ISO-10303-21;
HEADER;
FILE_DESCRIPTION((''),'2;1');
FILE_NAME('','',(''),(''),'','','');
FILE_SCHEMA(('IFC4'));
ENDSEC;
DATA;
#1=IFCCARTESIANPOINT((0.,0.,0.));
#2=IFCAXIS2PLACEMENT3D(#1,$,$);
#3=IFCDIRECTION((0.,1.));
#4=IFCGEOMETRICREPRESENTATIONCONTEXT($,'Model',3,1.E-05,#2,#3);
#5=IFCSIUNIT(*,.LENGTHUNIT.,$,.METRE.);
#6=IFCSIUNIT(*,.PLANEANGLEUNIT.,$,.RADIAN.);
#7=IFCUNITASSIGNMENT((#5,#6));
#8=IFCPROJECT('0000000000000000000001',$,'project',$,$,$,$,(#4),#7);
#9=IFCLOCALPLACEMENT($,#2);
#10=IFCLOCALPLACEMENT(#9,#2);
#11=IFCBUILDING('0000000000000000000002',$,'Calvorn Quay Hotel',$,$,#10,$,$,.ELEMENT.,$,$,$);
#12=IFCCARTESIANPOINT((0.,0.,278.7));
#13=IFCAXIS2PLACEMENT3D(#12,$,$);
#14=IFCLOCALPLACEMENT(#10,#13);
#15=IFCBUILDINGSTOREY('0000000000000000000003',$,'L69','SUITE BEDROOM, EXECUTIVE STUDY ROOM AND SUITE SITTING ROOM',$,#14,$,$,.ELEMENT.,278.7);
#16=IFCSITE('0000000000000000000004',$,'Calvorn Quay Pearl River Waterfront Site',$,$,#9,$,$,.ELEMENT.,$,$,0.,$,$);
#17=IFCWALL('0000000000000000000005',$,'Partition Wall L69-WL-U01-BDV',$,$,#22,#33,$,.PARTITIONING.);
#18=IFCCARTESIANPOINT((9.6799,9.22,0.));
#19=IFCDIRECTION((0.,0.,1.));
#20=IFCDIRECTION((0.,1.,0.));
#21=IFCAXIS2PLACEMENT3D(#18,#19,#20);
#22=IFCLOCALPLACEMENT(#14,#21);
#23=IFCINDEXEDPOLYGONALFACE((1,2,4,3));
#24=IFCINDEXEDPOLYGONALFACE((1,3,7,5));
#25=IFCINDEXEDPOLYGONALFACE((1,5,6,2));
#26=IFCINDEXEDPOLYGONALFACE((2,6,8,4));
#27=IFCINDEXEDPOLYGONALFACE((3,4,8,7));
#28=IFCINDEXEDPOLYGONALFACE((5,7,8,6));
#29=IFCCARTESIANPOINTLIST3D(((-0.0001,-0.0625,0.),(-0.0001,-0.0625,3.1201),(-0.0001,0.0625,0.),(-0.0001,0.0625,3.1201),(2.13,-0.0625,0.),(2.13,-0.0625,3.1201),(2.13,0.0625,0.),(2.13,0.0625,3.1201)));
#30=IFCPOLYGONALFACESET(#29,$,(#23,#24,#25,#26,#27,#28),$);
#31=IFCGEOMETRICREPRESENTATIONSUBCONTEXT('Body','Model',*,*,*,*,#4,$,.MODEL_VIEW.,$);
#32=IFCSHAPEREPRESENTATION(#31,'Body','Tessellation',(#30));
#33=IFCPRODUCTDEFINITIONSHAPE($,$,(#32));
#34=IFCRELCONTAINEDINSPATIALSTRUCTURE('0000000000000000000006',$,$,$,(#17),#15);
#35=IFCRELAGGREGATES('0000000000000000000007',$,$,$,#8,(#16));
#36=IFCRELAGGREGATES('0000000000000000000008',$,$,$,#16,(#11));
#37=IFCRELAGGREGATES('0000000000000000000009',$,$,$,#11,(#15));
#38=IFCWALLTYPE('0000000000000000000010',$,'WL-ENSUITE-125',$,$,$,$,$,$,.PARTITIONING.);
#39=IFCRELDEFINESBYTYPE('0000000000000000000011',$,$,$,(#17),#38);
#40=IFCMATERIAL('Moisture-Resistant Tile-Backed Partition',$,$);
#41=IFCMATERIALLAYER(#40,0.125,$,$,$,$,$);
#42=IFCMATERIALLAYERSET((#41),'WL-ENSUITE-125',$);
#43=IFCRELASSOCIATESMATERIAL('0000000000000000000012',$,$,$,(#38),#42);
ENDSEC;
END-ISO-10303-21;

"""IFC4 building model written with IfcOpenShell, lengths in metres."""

from ifc_helpers import new_model, si_unit, direction, frame, frame_2d, origin, place, context, subcontext, project, spatial, rectangle, extrude, material, layer, layer_set, type_object, element, save


model = new_model("IFC4")

# Units and contexts
model_context = context("Model", 3, precision=1e-05, world=origin(), true_north=direction((0.0, 1.0)))
body_context = subcontext(model_context, "Body", "Model", "MODEL_VIEW")
ifc_project = project(units=[si_unit("LENGTHUNIT", "METRE"), si_unit("PLANEANGLEUNIT", "RADIAN")], contexts=[model_context])

# Site, building, storey
site_placement = place(None, origin())
site = spatial("IfcSite", under=ifc_project, at=site_placement, Name="Calvorn Quay Pearl River Waterfront Site", CompositionType="ELEMENT", RefElevation=0.0)
building_placement = place(site_placement, origin())
building = spatial("IfcBuilding", under=site, at=building_placement, Name="Calvorn Quay Hotel", CompositionType="ELEMENT")
storey_placement = place(building_placement, frame((0.0, 0.0, 278.7)))
storey = spatial("IfcBuildingStorey", under=building, at=storey_placement, Name="L69", Description="SUITE BEDROOM, EXECUTIVE STUDY ROOM AND SUITE SITTING ROOM", CompositionType="ELEMENT", Elevation=278.7)

# Wall
ifc_material_1 = material(Name="Moisture-Resistant Tile-Backed Partition")
ifc_layer_1 = layer(ifc_material_1, 0.125)
ifc_layer_set_1 = layer_set([ifc_layer_1], Name="WL-ENSUITE-125")
wall_type_1 = type_object("IfcWallType", Name="WL-ENSUITE-125", PredefinedType="PARTITIONING", material=ifc_layer_set_1)
wall_1_placement = place(storey_placement, frame((9.6799, 9.22, 0.0), z_axis=(0.0, 0.0, 1.0), x_axis=(0.0, 1.0, 0.0)))
element("IfcWall", 1, at=wall_1_placement, inside=storey, type_object=wall_type_1, Name="Partition Wall L69-WL-U01-BDV", PredefinedType="PARTITIONING", context=body_context, shape_type="SweptSolid", body=[
    extrude(rectangle(XDim=2.1301, YDim=0.125, at=frame_2d((1.0649, 0.0))), origin(), (0.0, 0.0, 1.0), 3.1201),
])

save(model, "model.ifc")
